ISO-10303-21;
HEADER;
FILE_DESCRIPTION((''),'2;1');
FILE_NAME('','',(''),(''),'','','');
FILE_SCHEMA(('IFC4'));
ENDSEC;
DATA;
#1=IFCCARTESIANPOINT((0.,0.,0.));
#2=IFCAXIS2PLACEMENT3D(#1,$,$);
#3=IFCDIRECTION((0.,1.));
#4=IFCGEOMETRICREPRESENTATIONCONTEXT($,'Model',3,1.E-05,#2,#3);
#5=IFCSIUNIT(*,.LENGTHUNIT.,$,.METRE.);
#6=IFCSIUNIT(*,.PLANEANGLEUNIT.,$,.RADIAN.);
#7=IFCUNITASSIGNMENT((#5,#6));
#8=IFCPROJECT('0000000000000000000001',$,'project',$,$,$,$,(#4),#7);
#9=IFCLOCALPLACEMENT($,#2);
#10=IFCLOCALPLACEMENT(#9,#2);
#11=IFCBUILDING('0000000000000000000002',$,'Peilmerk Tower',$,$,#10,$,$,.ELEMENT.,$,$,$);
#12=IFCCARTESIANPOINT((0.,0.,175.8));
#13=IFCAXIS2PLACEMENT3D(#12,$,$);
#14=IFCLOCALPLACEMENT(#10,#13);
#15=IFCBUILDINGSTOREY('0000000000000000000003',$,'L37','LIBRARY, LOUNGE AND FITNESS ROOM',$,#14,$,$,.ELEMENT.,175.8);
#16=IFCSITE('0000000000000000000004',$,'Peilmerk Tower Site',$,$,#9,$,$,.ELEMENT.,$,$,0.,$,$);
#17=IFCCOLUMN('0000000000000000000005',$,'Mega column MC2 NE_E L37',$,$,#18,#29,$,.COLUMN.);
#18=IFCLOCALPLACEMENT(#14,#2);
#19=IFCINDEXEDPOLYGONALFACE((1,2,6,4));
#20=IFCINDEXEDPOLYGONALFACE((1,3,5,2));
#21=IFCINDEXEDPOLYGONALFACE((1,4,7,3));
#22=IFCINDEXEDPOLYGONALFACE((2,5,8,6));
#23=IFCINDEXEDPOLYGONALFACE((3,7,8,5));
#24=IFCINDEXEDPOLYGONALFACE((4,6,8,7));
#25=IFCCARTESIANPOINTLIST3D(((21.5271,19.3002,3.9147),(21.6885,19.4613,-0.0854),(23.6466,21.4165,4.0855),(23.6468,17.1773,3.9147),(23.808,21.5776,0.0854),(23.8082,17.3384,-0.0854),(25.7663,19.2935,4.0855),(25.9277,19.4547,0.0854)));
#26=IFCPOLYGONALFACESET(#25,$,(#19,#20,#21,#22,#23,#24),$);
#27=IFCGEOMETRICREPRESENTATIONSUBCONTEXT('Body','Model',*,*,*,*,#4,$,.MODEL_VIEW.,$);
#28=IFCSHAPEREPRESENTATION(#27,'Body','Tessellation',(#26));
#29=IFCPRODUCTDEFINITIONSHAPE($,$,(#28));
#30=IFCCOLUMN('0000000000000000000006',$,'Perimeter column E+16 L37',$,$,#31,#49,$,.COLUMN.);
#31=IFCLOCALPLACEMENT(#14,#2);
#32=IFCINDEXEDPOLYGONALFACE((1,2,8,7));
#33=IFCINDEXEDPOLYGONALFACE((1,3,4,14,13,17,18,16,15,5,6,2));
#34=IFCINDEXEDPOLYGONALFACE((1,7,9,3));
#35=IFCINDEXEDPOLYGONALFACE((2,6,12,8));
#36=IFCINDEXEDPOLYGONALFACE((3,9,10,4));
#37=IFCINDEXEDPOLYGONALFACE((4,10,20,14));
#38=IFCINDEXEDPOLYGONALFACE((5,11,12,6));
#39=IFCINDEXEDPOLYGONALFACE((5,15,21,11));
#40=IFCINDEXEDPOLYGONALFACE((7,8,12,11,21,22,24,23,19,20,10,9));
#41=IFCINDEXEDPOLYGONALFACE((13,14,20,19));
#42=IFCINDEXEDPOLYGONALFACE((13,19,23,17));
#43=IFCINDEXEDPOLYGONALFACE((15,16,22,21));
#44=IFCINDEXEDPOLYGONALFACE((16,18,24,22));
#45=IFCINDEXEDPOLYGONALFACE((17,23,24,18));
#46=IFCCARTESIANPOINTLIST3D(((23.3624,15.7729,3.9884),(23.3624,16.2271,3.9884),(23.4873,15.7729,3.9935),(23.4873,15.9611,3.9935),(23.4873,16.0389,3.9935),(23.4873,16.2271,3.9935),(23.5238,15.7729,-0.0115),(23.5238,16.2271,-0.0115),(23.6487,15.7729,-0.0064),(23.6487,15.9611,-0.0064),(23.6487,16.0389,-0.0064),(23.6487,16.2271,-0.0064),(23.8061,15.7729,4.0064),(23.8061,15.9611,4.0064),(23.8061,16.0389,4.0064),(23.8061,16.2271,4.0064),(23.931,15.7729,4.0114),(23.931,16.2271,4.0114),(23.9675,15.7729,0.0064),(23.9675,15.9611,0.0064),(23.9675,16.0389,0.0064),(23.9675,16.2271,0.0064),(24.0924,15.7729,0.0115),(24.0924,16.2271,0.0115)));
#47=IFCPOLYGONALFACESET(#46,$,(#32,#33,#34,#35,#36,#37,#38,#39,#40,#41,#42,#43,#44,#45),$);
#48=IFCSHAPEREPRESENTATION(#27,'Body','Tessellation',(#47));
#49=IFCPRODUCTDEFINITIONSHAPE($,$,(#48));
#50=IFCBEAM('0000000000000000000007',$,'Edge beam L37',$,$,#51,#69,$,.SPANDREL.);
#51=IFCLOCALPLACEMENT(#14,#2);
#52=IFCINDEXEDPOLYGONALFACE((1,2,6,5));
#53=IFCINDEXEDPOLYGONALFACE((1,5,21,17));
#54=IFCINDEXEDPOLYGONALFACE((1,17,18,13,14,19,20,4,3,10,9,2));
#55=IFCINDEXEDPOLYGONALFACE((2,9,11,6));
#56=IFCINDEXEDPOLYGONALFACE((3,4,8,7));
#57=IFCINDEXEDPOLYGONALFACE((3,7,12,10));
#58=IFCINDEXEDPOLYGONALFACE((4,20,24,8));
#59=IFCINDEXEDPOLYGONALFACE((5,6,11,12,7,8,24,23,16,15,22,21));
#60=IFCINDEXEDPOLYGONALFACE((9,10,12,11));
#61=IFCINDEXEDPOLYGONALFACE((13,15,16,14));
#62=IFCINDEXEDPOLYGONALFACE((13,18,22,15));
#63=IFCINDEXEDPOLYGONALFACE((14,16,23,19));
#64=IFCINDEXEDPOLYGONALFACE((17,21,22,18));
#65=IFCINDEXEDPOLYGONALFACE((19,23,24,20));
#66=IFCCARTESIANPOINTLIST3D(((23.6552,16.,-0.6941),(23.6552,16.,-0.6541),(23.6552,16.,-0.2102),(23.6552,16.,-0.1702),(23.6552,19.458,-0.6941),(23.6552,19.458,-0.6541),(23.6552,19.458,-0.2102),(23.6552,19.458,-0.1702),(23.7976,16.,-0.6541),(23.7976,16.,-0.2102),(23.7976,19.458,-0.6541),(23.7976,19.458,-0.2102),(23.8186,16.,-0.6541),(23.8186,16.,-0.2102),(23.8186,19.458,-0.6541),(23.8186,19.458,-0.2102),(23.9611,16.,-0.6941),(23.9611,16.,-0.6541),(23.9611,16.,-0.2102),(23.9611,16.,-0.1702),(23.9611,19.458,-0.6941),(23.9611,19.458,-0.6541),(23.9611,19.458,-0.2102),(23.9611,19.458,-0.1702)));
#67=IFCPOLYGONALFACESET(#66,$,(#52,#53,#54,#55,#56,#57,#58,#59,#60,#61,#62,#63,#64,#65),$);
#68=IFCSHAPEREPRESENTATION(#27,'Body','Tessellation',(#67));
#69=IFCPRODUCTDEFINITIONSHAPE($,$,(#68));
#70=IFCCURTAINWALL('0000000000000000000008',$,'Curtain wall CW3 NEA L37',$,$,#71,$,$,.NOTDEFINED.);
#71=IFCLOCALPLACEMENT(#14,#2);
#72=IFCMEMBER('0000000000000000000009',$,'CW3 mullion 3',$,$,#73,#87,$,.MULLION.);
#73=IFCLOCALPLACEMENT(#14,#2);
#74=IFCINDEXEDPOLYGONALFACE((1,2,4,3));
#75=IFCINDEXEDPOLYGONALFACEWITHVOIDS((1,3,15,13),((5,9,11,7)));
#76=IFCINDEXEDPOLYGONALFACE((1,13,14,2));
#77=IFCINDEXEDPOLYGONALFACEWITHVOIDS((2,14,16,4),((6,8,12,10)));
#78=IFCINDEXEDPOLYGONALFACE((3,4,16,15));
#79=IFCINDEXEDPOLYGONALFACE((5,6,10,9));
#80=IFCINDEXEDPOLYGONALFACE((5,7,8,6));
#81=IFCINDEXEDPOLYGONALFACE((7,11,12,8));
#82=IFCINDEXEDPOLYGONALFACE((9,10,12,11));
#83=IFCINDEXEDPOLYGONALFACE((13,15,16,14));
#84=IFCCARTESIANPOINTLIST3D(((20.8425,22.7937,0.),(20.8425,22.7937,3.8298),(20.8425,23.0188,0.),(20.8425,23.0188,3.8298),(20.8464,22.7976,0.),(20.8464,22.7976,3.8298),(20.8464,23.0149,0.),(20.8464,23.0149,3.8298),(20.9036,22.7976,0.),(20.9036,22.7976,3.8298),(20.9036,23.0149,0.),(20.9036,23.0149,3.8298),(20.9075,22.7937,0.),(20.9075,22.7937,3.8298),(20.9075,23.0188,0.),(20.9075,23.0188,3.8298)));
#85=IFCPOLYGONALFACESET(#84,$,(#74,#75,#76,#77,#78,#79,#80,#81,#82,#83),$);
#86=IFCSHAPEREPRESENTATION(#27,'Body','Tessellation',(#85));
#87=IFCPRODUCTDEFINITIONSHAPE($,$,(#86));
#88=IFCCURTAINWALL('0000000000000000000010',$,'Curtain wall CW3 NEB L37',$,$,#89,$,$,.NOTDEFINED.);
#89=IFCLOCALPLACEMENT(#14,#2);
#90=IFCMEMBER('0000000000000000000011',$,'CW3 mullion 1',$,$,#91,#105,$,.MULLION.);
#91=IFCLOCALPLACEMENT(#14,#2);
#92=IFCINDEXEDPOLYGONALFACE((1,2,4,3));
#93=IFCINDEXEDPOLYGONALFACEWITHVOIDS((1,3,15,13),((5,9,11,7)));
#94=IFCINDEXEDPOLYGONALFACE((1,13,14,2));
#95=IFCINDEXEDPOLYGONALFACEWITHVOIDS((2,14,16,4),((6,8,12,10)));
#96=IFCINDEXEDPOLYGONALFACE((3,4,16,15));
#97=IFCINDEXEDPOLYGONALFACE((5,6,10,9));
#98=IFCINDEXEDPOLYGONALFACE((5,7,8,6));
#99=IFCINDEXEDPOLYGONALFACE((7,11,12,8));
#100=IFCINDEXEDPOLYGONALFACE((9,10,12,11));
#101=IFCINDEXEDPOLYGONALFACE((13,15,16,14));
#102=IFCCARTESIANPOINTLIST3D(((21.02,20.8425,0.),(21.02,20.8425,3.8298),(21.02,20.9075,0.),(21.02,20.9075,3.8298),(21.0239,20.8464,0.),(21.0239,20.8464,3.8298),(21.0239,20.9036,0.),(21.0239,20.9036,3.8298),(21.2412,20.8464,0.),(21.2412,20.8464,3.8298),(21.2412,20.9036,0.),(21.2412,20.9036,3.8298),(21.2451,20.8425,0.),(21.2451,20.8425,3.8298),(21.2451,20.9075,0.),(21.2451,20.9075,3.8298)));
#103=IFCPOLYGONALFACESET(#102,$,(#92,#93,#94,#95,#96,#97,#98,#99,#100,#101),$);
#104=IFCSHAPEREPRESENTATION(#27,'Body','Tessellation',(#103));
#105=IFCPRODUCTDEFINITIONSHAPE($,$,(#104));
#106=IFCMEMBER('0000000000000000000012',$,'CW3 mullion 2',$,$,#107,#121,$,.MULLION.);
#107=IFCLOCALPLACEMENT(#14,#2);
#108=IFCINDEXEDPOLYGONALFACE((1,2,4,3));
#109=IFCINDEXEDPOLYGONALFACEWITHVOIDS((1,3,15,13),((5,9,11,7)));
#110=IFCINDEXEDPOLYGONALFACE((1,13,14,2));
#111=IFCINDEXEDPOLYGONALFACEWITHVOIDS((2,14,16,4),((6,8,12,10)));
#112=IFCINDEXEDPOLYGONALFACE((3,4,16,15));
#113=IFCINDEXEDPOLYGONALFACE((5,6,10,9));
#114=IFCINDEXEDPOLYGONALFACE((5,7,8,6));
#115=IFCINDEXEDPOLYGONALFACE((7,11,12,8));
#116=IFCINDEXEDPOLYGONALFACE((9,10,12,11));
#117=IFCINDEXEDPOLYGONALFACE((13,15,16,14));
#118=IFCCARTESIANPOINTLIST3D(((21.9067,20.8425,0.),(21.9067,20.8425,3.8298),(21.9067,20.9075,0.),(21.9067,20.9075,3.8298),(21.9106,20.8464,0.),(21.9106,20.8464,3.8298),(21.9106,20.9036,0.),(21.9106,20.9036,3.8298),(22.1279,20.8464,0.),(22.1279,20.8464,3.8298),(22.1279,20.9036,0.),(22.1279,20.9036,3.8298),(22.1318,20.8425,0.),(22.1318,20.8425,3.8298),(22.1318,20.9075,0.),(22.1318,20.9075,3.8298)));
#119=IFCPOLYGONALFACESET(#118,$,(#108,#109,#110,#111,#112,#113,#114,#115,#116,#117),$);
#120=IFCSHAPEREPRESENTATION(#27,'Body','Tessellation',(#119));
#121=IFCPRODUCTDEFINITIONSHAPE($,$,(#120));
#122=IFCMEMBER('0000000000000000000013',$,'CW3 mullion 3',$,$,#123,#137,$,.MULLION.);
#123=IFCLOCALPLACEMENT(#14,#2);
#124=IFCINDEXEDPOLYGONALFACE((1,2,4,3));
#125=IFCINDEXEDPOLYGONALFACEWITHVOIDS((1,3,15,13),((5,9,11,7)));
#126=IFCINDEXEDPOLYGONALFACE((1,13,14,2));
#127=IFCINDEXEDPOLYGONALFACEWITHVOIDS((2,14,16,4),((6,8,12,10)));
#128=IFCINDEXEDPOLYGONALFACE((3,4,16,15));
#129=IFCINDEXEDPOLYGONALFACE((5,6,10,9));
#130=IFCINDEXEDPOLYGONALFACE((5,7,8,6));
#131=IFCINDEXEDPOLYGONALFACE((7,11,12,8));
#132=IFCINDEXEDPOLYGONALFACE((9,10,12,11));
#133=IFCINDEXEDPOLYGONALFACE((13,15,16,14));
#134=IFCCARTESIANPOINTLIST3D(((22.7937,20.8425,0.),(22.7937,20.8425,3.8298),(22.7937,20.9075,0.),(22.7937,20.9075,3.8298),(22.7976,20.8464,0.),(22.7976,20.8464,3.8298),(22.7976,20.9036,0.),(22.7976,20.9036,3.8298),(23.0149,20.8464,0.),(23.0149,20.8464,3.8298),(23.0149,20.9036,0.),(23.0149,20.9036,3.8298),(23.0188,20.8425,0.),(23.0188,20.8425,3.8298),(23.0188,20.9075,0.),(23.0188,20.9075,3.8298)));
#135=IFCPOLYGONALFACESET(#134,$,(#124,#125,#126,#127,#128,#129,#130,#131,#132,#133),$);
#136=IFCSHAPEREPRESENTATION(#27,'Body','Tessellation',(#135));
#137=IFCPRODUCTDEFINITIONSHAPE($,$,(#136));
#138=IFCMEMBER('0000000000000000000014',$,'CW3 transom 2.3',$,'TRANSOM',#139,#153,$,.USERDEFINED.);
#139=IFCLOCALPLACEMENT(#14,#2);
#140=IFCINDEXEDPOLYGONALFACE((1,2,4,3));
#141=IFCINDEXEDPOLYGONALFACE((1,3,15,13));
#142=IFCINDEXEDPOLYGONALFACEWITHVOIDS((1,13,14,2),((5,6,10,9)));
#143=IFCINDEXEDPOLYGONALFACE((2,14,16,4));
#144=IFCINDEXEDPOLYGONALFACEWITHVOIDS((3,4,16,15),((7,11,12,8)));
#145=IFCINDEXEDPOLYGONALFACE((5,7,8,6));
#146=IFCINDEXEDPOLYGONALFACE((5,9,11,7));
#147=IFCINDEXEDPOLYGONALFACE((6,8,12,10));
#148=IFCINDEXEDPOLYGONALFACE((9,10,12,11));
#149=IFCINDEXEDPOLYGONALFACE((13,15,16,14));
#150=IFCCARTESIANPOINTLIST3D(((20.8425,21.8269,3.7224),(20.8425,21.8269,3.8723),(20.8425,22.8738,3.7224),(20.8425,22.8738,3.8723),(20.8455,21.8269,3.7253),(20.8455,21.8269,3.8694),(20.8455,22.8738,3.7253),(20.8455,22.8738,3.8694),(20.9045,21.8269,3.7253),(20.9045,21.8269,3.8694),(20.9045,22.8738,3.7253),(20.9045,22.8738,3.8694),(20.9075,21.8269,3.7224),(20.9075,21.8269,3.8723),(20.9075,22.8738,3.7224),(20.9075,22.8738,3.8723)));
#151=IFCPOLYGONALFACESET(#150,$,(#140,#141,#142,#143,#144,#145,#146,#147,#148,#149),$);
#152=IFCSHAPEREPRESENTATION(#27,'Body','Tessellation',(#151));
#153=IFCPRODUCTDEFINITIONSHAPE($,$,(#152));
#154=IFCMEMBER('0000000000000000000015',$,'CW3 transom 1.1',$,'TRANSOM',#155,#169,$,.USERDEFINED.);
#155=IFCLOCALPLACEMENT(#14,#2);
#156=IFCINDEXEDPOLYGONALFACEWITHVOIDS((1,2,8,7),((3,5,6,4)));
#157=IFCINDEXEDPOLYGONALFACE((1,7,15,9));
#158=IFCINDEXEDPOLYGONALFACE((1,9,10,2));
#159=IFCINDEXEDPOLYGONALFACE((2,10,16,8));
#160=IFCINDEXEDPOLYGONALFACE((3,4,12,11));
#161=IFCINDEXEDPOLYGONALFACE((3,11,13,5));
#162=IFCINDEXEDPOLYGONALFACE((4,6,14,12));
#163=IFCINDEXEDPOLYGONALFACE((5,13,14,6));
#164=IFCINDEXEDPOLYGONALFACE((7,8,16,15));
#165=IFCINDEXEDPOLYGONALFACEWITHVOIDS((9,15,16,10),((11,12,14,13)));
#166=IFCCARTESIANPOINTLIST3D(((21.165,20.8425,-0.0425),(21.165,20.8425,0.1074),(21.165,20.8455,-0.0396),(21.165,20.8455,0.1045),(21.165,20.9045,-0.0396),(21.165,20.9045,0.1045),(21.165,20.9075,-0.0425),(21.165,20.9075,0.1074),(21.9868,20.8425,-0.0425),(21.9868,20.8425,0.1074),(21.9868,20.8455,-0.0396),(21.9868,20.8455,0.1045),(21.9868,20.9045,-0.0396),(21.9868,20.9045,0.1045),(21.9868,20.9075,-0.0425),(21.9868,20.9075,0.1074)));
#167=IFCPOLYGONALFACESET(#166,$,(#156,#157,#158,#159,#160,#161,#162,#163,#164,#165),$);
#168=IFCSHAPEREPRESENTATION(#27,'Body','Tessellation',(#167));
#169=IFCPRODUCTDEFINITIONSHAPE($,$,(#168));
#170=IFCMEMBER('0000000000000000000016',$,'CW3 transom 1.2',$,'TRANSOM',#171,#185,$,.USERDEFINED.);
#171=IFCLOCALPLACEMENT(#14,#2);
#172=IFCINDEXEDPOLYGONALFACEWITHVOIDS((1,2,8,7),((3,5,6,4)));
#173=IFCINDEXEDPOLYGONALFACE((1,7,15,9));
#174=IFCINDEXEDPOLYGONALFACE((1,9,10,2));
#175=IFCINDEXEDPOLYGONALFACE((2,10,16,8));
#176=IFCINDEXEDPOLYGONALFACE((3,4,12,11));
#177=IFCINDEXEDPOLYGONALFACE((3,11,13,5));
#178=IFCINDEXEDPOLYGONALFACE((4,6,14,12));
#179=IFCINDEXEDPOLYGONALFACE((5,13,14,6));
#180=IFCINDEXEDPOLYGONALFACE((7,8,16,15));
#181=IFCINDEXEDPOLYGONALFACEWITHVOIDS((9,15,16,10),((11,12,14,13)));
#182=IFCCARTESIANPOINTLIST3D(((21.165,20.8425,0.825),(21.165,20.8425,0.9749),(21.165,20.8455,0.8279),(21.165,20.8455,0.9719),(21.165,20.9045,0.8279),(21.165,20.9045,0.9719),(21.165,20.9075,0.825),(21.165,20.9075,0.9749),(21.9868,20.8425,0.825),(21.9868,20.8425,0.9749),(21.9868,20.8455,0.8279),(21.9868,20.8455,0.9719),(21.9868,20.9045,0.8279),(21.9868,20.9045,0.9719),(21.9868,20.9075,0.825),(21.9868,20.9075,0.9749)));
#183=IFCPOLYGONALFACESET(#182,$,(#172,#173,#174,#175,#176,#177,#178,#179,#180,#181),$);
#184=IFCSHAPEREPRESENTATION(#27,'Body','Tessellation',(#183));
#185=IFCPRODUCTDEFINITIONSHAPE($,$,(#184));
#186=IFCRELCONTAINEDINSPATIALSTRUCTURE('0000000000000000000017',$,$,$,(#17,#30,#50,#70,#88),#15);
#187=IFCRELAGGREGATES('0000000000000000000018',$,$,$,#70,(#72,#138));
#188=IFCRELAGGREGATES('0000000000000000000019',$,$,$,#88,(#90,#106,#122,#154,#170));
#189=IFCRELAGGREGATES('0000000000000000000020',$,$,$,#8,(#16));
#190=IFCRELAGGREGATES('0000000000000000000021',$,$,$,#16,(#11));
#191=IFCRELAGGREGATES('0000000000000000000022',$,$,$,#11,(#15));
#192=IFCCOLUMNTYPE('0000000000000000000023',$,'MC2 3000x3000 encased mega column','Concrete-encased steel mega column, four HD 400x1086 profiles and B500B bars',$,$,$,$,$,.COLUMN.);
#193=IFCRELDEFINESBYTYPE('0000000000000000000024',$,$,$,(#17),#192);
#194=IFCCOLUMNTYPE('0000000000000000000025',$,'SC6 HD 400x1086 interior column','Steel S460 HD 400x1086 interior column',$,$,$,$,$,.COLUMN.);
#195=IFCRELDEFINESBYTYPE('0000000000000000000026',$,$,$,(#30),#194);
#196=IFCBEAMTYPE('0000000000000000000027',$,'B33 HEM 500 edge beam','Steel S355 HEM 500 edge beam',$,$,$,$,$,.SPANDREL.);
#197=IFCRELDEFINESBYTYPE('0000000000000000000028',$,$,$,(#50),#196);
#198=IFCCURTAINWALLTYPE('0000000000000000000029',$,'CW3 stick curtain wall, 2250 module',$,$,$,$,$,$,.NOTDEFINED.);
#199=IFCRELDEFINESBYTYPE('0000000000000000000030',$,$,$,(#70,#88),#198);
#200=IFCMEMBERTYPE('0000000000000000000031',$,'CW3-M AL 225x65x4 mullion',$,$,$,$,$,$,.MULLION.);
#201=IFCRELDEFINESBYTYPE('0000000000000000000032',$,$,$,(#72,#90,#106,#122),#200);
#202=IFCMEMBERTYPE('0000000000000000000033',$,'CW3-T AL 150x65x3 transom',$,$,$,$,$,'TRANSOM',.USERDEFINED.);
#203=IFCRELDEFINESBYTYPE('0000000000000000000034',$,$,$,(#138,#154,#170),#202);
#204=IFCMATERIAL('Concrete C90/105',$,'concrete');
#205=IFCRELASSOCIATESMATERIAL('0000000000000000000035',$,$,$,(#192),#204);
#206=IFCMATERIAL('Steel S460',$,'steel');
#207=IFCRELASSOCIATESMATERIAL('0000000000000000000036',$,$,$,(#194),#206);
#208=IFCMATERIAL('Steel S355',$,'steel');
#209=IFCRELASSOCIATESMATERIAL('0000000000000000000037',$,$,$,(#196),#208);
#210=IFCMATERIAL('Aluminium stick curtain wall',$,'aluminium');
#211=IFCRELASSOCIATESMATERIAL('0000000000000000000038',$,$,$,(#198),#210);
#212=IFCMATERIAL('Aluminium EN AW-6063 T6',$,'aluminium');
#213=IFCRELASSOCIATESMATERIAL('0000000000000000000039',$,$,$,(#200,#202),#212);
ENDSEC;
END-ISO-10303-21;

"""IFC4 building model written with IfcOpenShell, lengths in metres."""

from ifc_helpers import new_model, si_unit, direction, frame, origin, origin_2d, place, context, subcontext, project, spatial, rectangle, hollow_rectangle, i_section, extrude, material, material_profile, profile_set, type_object, element, aggregate, save


model = new_model("IFC4")

# Units and contexts
model_context = context("Model", 3, precision=1e-05, world=origin(), true_north=direction((0.0, 1.0)))
body_context = subcontext(model_context, "Body", "Model", "MODEL_VIEW")
ifc_project = project(units=[si_unit("LENGTHUNIT", "METRE"), si_unit("PLANEANGLEUNIT", "RADIAN")], contexts=[model_context])

# Site, building, storey
site_placement = place(None, origin())
site = spatial("IfcSite", under=ifc_project, at=site_placement, Name="Peilmerk Tower Site", CompositionType="ELEMENT", RefElevation=0.0)
building_placement = place(site_placement, origin())
building = spatial("IfcBuilding", under=site, at=building_placement, Name="Peilmerk Tower", CompositionType="ELEMENT")
storey_placement = place(building_placement, frame((0.0, 0.0, 175.8)))
storey = spatial("IfcBuildingStorey", under=building, at=storey_placement, Name="L37", Description="LIBRARY, LOUNGE AND FITNESS ROOM", CompositionType="ELEMENT", Elevation=175.8)

# Columns
ifc_material_1 = material(Name="Concrete C90/105", Category="concrete")
ifc_material_profile_1 = material_profile(ifc_material_1, rectangle(XDim=3.0, YDim=3.0, at=origin_2d()), Name="RC 3000x3000")
ifc_profile_set_1 = profile_set([ifc_material_profile_1], Name="Concrete C90/105")
column_type_1 = type_object("IfcColumnType", Name="MC2 3000x3000 encased mega column", Description="Concrete-encased steel mega column, four HD 400x1086 profiles and B500B bars", PredefinedType="COLUMN", material=ifc_profile_set_1)
column_1_placement = place(storey_placement, frame((23.8081, 19.458, 0.0), z_axis=(-0.040279, -0.040218, 0.998379), x_axis=(0.706571, -0.707642, 0.0)))
element("IfcColumn", 1, at=column_1_placement, inside=storey, type_object=column_type_1, Name="Mega column MC2 NE_E L37", PredefinedType="COLUMN", context=body_context, shape_type="SweptSolid", body=[
    extrude(rectangle(XDim=3.0, YDim=3.0, at=origin_2d()), origin(), (0.0, 0.0, 1.0), 4.0066),
])
ifc_material_2 = material(Name="Steel S460", Category="steel")
ifc_material_profile_2 = material_profile(ifc_material_2, i_section(OverallWidth=0.4541, OverallDepth=0.5691, WebThickness=0.0779, FlangeThickness=0.125, at=origin_2d()), Name="HD 400x1086")
ifc_profile_set_2 = profile_set([ifc_material_profile_2], Name="Steel S460")
column_type_2 = type_object("IfcColumnType", Name="SC6 HD 400x1086 interior column", Description="Steel S460 HD 400x1086 interior column", PredefinedType="COLUMN", material=ifc_profile_set_2)
column_2_placement = place(storey_placement, frame((23.8081, 16.0, 0.0), z_axis=(-0.040311, 0.0, 0.999187), x_axis=(0.0, -1.0, 0.0)))
element("IfcColumn", 2, at=column_2_placement, inside=storey, type_object=column_type_2, Name="Perimeter column E+16 L37", PredefinedType="COLUMN", context=body_context, shape_type="SweptSolid", body=[
    extrude(i_section(OverallWidth=0.4541, OverallDepth=0.5691, WebThickness=0.0779, FlangeThickness=0.125, at=origin_2d()), origin(), (0.0, 0.0, 1.0), 4.0032),
])

# Beam
ifc_material_3 = material(Name="Steel S355", Category="steel")
ifc_material_profile_3 = material_profile(ifc_material_3, i_section(OverallWidth=0.3059, OverallDepth=0.5239, WebThickness=0.021, FlangeThickness=0.04, at=origin_2d()), Name="HEM 500")
ifc_profile_set_3 = profile_set([ifc_material_profile_3], Name="Steel S355")
beam_type = type_object("IfcBeamType", Name="B33 HEM 500 edge beam", Description="Steel S355 HEM 500 edge beam", PredefinedType="SPANDREL", material=ifc_profile_set_3)
beam_placement = place(storey_placement, frame((23.8081, 16.0, -0.4321), z_axis=(0.0, 1.0, 0.0), x_axis=(-1.0, 0.0, 0.0)))
element("IfcBeam", 3, at=beam_placement, inside=storey, type_object=beam_type, Name="Edge beam L37", PredefinedType="SPANDREL", context=body_context, shape_type="SweptSolid", body=[
    extrude(i_section(OverallWidth=0.3059, OverallDepth=0.5239, WebThickness=0.021, FlangeThickness=0.04, at=origin_2d()), origin(), (0.0, 0.0, 1.0), 3.458),
])

# Curtain wall, member
ifc_material_4 = material(Name="Aluminium stick curtain wall", Category="aluminium")
curtain_wall_type = type_object("IfcCurtainWallType", Name="CW3 stick curtain wall, 2250 module", PredefinedType="NOTDEFINED", material=ifc_material_4)
curtain_wall_1_placement = place(storey_placement, origin())
curtain_wall_1 = element("IfcCurtainWall", 4, at=curtain_wall_1_placement, inside=storey, type_object=curtain_wall_type, Name="Curtain wall CW3 NEA L37", PredefinedType="NOTDEFINED")
ifc_material_5 = material(Name="Aluminium EN AW-6063 T6", Category="aluminium")
ifc_material_profile_4 = material_profile(ifc_material_5, hollow_rectangle(XDim=0.0649, YDim=0.2251, WallThickness=0.0039, at=origin_2d()), Name="AL 225x65x4")
ifc_profile_set_4 = profile_set([ifc_material_profile_4], Name="Aluminium EN AW-6063 T6")
member_type_1 = type_object("IfcMemberType", Name="CW3-M AL 225x65x4 mullion", PredefinedType="MULLION", material=ifc_profile_set_4)
member_1_placement = place(storey_placement, frame((20.875, 22.9062, 0.0), z_axis=(0.0, 0.0, 1.0), x_axis=(-1.0, 0.0, 0.0)))
member_1 = element("IfcMember", 5, at=member_1_placement, type_object=member_type_1, Name="CW3 mullion 3", PredefinedType="MULLION", context=body_context, shape_type="SweptSolid", body=[
    extrude(hollow_rectangle(XDim=0.0649, YDim=0.2251, WallThickness=0.0039, at=origin_2d()), origin(), (0.0, 0.0, 1.0), 3.8298),
])

# Curtain wall, members
curtain_wall_2_placement = place(storey_placement, origin())
curtain_wall_2 = element("IfcCurtainWall", 6, at=curtain_wall_2_placement, inside=storey, type_object=curtain_wall_type, Name="Curtain wall CW3 NEB L37", PredefinedType="NOTDEFINED")
member_2_placement = place(storey_placement, frame((21.1326, 20.875, 0.0), z_axis=(0.0, 0.0, 1.0), x_axis=(0.0, 1.0, 0.0)))
member_2 = element("IfcMember", 7, at=member_2_placement, type_object=member_type_1, Name="CW3 mullion 1", PredefinedType="MULLION", context=body_context, shape_type="SweptSolid", body=[
    extrude(hollow_rectangle(XDim=0.0649, YDim=0.2251, WallThickness=0.0039, at=origin_2d()), origin(), (0.0, 0.0, 1.0), 3.8298),
])
member_3_placement = place(storey_placement, frame((22.0193, 20.875, 0.0), z_axis=(0.0, 0.0, 1.0), x_axis=(0.0, 1.0, 0.0)))
member_3 = element("IfcMember", 8, at=member_3_placement, type_object=member_type_1, Name="CW3 mullion 2", PredefinedType="MULLION", context=body_context, shape_type="SweptSolid", body=[
    extrude(hollow_rectangle(XDim=0.0649, YDim=0.2251, WallThickness=0.0039, at=origin_2d()), origin(), (0.0, 0.0, 1.0), 3.8298),
])
member_4_placement = place(storey_placement, frame((22.9062, 20.875, 0.0), z_axis=(0.0, 0.0, 1.0), x_axis=(0.0, 1.0, 0.0)))
member_4 = element("IfcMember", 9, at=member_4_placement, type_object=member_type_1, Name="CW3 mullion 3", PredefinedType="MULLION", context=body_context, shape_type="SweptSolid", body=[
    extrude(hollow_rectangle(XDim=0.0649, YDim=0.2251, WallThickness=0.0039, at=origin_2d()), origin(), (0.0, 0.0, 1.0), 3.8298),
])

# Members
ifc_material_profile_5 = material_profile(ifc_material_5, hollow_rectangle(XDim=0.0649, YDim=0.1499, WallThickness=0.0029, at=origin_2d()), Name="AL 150x65x3")
ifc_profile_set_5 = profile_set([ifc_material_profile_5], Name="Aluminium EN AW-6063 T6")
member_type_2 = type_object("IfcMemberType", Name="CW3-T AL 150x65x3 transom", ElementType="TRANSOM", PredefinedType="USERDEFINED", material=ifc_profile_set_5)
member_5_placement = place(storey_placement, frame((20.875, 21.8269, 3.7974), z_axis=(0.0, 1.0, 0.0), x_axis=(-1.0, 0.0, 0.0)))
member_5 = element("IfcMember", 10, at=member_5_placement, type_object=member_type_2, Name="CW3 transom 2.3", ObjectType="TRANSOM", PredefinedType="USERDEFINED", context=body_context, shape_type="SweptSolid", body=[
    extrude(hollow_rectangle(XDim=0.0649, YDim=0.1499, WallThickness=0.0029, at=origin_2d()), origin(), (0.0, 0.0, 1.0), 1.0469),
])
member_6_placement = place(storey_placement, frame((21.165, 20.875, 0.0325), z_axis=(1.0, 0.0, 0.0), x_axis=(0.0, 1.0, 0.0)))
member_6 = element("IfcMember", 11, at=member_6_placement, type_object=member_type_2, Name="CW3 transom 1.1", ObjectType="TRANSOM", PredefinedType="USERDEFINED", context=body_context, shape_type="SweptSolid", body=[
    extrude(hollow_rectangle(XDim=0.0649, YDim=0.1499, WallThickness=0.0029, at=origin_2d()), origin(), (0.0, 0.0, 1.0), 0.8218),
])
member_7_placement = place(storey_placement, frame((21.165, 20.875, 0.8999), z_axis=(1.0, 0.0, 0.0), x_axis=(0.0, 1.0, 0.0)))
member_7 = element("IfcMember", 12, at=member_7_placement, type_object=member_type_2, Name="CW3 transom 1.2", ObjectType="TRANSOM", PredefinedType="USERDEFINED", context=body_context, shape_type="SweptSolid", body=[
    extrude(hollow_rectangle(XDim=0.0649, YDim=0.1499, WallThickness=0.0029, at=origin_2d()), origin(), (0.0, 0.0, 1.0), 0.8218),
])

aggregate(curtain_wall_1, [member_1, member_5])
aggregate(curtain_wall_2, [member_2, member_3, member_4, member_6, member_7])

save(model, "model.ifc")
